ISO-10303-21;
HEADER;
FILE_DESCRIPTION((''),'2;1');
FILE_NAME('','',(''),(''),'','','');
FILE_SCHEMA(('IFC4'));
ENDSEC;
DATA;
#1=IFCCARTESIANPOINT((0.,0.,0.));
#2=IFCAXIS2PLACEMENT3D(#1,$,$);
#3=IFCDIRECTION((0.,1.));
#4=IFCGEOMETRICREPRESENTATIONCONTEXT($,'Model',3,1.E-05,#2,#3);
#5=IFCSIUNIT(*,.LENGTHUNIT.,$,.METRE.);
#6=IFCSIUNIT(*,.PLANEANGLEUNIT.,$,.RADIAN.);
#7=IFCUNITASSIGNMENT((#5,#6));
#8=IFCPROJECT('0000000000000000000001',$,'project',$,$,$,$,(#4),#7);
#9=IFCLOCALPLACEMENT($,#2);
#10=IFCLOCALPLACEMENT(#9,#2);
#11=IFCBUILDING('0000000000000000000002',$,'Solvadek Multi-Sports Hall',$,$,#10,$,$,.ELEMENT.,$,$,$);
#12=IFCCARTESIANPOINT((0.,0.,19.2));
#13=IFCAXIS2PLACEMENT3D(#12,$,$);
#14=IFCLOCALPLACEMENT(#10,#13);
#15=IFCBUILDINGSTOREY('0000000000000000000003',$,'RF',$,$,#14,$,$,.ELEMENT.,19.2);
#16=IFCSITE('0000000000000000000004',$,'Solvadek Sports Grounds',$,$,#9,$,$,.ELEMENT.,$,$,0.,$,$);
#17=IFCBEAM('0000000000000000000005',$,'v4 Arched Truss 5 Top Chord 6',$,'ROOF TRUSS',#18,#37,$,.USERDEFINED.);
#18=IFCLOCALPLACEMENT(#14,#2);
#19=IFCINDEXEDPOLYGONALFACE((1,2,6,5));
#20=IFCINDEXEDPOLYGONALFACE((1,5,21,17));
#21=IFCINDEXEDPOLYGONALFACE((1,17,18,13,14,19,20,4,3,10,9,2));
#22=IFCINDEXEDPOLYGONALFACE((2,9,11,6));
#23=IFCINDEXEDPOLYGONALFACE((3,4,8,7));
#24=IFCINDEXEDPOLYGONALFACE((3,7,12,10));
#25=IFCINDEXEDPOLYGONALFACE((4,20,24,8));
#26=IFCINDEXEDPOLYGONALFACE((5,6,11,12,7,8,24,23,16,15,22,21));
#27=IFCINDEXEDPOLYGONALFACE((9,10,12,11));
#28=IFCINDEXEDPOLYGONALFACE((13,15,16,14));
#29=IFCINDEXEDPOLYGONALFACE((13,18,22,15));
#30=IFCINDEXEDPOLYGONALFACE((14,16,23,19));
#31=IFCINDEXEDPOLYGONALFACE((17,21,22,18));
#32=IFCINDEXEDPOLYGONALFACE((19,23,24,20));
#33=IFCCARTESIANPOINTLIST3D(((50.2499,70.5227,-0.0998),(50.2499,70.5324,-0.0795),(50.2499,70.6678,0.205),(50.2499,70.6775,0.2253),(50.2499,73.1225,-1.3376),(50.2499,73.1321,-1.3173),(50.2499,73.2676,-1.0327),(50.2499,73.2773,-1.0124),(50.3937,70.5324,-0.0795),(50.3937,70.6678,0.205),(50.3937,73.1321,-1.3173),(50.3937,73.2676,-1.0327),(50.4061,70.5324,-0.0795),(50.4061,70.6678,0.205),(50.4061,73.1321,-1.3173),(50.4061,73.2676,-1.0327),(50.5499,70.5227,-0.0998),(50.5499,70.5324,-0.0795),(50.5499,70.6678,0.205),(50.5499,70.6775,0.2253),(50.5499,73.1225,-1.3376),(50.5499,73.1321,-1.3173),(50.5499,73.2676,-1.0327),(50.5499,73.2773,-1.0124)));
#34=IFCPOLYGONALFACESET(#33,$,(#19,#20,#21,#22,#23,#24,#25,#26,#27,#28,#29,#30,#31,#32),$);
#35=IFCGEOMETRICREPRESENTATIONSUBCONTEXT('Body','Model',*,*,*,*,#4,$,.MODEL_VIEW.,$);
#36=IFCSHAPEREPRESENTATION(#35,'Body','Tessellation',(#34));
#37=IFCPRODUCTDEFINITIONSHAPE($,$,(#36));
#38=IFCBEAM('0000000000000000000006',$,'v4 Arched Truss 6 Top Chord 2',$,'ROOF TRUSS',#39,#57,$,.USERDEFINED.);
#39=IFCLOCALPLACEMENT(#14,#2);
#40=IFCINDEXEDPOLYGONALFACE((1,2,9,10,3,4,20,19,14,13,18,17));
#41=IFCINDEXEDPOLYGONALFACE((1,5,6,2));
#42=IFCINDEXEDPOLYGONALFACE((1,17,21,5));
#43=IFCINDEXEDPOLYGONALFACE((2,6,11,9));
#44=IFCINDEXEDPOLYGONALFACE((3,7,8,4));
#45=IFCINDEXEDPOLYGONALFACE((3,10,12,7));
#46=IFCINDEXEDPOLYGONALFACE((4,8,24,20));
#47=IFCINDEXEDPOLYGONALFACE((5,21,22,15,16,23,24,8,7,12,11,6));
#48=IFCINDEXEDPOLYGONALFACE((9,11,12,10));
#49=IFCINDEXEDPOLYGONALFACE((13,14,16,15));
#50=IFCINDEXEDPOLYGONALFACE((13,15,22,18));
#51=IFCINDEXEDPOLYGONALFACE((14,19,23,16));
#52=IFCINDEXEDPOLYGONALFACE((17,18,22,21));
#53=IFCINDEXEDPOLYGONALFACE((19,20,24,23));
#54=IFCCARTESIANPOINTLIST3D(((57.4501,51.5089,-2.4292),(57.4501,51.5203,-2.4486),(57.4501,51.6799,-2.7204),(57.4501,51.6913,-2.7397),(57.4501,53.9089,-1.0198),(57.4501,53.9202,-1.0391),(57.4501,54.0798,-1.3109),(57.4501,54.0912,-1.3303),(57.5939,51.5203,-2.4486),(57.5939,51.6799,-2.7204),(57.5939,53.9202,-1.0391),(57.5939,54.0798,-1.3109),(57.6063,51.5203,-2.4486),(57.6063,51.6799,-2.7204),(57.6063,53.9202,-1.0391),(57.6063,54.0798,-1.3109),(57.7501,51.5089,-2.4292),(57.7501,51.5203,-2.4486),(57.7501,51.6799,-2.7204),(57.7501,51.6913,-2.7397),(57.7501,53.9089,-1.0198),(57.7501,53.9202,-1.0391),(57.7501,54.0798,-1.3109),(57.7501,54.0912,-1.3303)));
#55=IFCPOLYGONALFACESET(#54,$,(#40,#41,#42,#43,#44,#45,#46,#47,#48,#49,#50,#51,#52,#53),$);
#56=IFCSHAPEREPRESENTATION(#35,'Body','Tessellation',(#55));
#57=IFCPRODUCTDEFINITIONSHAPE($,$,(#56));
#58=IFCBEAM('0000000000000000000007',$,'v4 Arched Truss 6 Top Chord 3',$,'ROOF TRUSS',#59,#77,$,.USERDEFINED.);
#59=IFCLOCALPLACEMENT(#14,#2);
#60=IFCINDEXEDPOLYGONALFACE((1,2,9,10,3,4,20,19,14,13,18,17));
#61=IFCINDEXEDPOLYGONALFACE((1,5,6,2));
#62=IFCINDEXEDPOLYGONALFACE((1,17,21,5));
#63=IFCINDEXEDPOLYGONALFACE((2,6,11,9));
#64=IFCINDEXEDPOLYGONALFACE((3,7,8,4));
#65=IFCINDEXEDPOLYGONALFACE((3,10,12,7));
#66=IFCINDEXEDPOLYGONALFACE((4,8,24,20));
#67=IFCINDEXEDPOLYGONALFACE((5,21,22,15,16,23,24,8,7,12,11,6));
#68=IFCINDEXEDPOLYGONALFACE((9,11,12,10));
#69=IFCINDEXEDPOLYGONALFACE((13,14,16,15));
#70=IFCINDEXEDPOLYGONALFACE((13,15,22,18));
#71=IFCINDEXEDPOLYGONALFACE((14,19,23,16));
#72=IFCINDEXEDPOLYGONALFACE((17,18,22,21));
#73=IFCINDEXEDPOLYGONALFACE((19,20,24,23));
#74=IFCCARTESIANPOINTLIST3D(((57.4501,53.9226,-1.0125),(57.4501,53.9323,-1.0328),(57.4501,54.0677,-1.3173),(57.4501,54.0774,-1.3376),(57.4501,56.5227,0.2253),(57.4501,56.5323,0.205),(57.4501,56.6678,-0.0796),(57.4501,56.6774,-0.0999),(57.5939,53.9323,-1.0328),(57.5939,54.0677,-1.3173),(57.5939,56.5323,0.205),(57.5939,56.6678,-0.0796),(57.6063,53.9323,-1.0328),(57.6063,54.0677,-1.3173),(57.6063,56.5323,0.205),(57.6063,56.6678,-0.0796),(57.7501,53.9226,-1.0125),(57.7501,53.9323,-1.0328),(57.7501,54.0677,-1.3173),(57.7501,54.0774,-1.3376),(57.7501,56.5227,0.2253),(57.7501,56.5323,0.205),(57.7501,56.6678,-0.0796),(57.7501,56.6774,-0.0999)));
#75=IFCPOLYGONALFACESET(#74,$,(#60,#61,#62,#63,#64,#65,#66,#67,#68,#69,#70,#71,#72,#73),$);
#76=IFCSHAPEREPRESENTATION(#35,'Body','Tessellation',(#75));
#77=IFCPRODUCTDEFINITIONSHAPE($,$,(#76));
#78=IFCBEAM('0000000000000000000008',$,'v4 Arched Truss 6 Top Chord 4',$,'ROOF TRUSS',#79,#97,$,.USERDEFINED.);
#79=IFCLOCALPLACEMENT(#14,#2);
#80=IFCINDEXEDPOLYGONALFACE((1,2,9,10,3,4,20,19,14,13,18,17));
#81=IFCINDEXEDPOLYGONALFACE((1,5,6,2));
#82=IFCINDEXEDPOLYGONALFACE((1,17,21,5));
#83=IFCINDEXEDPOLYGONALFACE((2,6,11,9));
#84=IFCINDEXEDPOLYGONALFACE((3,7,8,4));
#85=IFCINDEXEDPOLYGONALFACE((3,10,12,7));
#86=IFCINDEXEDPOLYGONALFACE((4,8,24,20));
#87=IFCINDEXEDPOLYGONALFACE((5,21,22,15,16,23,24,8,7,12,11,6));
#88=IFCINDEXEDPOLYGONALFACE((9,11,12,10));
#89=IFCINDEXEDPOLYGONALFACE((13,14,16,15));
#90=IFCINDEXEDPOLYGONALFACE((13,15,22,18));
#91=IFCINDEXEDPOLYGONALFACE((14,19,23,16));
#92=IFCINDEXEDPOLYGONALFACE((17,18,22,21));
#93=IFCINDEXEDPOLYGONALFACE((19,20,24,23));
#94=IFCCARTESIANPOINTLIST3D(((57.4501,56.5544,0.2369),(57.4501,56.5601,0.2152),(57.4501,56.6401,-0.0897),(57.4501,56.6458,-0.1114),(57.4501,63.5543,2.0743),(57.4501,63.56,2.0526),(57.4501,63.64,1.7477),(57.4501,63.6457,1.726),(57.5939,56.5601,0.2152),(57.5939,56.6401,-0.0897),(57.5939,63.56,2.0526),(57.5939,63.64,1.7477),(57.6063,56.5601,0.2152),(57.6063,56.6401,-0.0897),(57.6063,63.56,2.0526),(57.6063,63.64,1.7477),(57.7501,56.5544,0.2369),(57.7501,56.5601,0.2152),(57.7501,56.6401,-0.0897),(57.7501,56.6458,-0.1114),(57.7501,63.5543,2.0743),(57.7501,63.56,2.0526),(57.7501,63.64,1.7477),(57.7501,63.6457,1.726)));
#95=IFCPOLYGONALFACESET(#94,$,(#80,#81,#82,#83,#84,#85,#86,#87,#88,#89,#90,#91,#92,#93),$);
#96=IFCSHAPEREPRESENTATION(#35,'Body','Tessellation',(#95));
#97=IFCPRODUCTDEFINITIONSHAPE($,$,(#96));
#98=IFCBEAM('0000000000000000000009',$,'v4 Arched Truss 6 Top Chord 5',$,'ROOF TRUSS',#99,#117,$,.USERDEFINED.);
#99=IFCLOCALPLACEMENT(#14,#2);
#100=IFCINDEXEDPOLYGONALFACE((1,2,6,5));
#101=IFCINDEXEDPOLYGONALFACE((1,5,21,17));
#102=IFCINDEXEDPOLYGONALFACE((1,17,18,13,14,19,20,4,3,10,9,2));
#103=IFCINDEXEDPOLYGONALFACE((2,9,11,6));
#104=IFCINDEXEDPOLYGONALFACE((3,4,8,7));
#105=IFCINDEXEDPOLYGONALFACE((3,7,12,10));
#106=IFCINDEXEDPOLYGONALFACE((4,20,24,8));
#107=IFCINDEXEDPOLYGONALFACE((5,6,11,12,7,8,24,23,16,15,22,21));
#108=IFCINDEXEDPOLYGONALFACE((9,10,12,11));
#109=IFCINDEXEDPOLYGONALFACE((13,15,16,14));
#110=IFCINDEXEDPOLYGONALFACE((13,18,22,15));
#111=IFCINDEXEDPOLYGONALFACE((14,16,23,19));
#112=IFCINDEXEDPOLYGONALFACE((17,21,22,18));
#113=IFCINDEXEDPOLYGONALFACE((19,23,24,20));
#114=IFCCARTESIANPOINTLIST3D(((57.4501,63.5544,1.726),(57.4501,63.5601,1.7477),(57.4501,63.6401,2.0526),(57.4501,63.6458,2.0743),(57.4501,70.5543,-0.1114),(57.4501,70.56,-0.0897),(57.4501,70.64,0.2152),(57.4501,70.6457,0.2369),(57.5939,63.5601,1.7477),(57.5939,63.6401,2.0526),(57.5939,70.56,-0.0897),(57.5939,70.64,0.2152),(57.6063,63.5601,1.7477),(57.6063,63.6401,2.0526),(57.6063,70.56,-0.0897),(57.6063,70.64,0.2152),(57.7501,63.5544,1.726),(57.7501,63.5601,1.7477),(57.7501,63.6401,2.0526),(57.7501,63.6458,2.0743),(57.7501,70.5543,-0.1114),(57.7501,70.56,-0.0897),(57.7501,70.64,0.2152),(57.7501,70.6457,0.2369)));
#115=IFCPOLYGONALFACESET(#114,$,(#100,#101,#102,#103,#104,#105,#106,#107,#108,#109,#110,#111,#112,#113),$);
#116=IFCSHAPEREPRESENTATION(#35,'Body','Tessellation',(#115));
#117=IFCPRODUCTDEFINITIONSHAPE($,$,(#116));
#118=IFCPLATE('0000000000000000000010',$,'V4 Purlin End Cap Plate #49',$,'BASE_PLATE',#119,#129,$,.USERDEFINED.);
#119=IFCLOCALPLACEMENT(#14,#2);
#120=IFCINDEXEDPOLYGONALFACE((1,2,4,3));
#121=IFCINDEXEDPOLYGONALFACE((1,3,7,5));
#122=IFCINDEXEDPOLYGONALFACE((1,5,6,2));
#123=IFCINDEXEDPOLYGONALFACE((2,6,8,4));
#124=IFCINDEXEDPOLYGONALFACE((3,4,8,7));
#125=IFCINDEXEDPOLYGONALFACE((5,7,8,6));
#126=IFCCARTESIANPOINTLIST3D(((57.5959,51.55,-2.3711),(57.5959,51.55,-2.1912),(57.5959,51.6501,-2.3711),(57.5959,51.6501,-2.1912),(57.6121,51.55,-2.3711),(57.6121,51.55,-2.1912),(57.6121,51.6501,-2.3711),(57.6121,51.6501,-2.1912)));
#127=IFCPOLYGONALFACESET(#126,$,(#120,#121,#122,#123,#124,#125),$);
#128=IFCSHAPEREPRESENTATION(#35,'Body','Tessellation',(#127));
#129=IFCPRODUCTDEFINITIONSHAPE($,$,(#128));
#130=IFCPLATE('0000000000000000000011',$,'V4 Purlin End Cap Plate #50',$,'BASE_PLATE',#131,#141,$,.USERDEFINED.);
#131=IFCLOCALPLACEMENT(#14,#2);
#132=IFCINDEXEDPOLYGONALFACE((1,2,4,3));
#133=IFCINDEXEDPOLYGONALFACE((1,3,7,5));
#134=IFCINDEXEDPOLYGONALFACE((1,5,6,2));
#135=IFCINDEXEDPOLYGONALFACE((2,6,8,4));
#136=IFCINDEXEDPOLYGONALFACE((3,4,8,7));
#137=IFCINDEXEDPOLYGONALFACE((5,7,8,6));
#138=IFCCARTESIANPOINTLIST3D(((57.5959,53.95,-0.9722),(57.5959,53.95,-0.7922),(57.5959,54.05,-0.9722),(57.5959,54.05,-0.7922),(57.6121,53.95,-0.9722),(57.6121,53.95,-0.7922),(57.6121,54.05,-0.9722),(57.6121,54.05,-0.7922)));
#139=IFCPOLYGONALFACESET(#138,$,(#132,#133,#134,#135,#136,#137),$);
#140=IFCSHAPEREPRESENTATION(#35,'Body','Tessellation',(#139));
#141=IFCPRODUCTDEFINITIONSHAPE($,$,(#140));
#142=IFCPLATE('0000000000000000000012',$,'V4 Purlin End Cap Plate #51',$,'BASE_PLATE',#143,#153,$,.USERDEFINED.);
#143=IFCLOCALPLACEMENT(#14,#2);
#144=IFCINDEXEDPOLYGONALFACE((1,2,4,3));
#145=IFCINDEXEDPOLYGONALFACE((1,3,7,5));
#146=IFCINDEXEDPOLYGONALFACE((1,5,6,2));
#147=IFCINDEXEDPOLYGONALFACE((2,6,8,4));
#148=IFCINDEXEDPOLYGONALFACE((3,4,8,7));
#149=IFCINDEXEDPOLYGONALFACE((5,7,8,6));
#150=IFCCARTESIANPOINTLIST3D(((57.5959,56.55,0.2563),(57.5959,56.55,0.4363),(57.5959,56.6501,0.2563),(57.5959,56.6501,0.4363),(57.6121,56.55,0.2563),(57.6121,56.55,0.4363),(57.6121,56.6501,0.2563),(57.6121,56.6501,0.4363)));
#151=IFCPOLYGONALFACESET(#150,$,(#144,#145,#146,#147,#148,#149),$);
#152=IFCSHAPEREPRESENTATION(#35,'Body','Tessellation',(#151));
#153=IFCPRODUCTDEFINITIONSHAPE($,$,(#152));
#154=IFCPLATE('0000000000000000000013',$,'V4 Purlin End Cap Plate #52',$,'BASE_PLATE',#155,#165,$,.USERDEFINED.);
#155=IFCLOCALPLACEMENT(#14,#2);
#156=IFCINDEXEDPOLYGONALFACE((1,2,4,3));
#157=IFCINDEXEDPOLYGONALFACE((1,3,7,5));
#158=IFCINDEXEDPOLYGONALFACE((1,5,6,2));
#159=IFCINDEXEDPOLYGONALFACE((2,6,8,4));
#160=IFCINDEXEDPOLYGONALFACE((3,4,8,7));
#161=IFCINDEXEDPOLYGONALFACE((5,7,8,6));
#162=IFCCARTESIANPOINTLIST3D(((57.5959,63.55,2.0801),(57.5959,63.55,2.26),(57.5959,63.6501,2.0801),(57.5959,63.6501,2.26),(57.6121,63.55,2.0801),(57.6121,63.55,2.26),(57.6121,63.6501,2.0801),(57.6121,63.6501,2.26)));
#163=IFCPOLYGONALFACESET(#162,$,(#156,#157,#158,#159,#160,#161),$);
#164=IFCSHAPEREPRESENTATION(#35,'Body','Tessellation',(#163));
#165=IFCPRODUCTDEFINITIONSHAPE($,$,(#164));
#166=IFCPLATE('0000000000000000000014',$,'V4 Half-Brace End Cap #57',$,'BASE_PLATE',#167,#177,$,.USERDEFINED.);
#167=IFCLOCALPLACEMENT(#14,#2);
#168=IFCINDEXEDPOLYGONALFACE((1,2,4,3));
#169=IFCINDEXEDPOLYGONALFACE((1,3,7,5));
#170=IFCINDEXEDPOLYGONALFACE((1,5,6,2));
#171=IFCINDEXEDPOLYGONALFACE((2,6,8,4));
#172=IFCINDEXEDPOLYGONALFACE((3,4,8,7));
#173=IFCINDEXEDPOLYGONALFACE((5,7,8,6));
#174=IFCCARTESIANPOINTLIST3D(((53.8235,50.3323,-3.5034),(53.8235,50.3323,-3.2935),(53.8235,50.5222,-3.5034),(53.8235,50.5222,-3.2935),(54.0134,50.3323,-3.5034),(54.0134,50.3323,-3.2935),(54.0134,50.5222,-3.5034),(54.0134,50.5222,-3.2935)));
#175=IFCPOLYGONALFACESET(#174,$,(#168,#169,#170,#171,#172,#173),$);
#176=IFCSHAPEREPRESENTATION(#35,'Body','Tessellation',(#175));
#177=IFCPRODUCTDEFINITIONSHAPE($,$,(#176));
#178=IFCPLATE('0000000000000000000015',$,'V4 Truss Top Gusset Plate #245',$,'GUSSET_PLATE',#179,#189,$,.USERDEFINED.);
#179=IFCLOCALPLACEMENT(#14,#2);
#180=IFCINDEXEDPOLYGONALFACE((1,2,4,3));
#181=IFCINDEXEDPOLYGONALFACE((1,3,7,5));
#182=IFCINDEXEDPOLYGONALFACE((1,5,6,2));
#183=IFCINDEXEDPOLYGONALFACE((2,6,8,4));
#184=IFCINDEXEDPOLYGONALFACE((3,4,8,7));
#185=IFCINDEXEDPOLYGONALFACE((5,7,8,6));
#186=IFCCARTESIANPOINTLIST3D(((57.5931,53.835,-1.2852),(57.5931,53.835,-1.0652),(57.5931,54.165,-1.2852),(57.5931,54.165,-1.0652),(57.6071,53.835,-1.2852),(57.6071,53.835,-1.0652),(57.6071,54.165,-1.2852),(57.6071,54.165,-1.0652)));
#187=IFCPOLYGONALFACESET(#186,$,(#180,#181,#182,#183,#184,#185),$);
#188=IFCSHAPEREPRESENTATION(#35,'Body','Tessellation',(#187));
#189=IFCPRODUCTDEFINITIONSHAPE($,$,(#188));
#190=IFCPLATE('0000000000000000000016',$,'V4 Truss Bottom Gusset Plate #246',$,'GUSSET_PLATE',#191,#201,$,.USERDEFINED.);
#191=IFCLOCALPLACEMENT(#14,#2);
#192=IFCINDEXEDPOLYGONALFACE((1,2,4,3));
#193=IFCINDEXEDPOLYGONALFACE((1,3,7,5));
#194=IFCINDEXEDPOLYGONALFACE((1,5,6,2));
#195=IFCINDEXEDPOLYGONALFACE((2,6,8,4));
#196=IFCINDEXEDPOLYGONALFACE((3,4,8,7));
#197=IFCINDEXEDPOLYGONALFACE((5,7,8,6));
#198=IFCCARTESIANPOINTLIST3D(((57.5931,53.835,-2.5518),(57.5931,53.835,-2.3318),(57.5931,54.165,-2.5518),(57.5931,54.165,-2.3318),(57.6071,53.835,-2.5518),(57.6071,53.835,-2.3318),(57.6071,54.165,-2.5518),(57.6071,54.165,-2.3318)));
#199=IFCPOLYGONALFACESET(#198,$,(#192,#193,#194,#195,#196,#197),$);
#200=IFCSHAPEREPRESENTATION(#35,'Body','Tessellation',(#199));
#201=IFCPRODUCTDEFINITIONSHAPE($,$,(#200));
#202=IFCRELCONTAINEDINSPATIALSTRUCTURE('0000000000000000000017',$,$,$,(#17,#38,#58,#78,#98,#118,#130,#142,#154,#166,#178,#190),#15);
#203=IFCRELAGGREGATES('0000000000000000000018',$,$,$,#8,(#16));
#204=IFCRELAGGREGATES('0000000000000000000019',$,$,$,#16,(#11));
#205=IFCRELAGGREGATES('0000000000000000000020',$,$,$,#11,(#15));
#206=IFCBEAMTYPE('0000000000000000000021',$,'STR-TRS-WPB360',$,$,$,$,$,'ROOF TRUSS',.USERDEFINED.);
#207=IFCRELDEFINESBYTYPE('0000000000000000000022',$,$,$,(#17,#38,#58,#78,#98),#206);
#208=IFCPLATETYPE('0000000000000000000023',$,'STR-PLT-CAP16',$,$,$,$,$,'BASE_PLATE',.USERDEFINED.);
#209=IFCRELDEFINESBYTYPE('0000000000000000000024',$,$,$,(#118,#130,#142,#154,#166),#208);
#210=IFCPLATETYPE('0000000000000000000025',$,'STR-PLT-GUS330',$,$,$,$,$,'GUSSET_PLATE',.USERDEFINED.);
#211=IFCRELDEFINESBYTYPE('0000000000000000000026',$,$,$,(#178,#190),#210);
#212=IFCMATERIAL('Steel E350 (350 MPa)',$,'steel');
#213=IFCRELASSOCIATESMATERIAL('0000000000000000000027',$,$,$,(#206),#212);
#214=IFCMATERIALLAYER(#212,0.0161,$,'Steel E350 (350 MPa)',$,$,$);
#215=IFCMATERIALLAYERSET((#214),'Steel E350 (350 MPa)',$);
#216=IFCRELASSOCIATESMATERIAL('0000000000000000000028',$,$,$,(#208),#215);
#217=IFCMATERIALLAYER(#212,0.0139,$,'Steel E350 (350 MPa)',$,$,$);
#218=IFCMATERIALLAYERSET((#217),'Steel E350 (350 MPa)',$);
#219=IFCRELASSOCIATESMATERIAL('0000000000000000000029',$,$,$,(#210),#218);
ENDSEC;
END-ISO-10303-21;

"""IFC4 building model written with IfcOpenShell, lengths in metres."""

from ifc_helpers import new_model, si_unit, direction, frame, origin, origin_2d, place, context, subcontext, project, spatial, rectangle, i_section, extrude, material, layer, layer_set, material_profile, profile_set, type_object, element, save


model = new_model("IFC4")

# Units and contexts
model_context = context("Model", 3, precision=1e-05, world=origin(), true_north=direction((0.0, 1.0)))
body_context = subcontext(model_context, "Body", "Model", "MODEL_VIEW")
ifc_project = project(units=[si_unit("LENGTHUNIT", "METRE"), si_unit("PLANEANGLEUNIT", "RADIAN")], contexts=[model_context])

# Site, building, storey
site_placement = place(None, origin())
site = spatial("IfcSite", under=ifc_project, at=site_placement, Name="Solvadek Sports Grounds", CompositionType="ELEMENT", RefElevation=0.0)
building_placement = place(site_placement, origin())
building = spatial("IfcBuilding", under=site, at=building_placement, Name="Solvadek Multi-Sports Hall", CompositionType="ELEMENT")
storey_placement = place(building_placement, frame((0.0, 0.0, 19.2)))
storey = spatial("IfcBuildingStorey", under=building, at=storey_placement, Name="RF", CompositionType="ELEMENT", Elevation=19.2)

# Shared definitions
ifc_material_1 = material(Name="Steel E350 (350 MPa)", Category="steel")

# Beams
ifc_material_profile_1 = material_profile(ifc_material_1, i_section(OverallWidth=0.3, OverallDepth=0.3601, WebThickness=0.0125, FlangeThickness=0.0225, at=origin_2d()), Name="WPB 360")
ifc_profile_set_1 = profile_set([ifc_material_profile_1], Name="Steel E350 (350 MPa)")
beam_type_1 = type_object("IfcBeamType", Name="STR-TRS-WPB360", ElementType="ROOF TRUSS", PredefinedType="USERDEFINED", material=ifc_profile_set_1)
beam_1_placement = place(storey_placement, frame((50.3999, 70.6001, 0.0627), z_axis=(0.0, 0.902892, -0.429868), x_axis=(-1.0, 0.0, 0.0)))
element("IfcBeam", 1, at=beam_1_placement, inside=storey, type_object=beam_type_1, Name="v4 Arched Truss 5 Top Chord 6", ObjectType="ROOF TRUSS", PredefinedType="USERDEFINED", context=body_context, shape_type="SweptSolid", body=[
    extrude(i_section(OverallWidth=0.3, OverallDepth=0.3601, WebThickness=0.0125, FlangeThickness=0.0225, at=origin_2d()), origin(), (0.0, 0.0, 1.0), 2.8794),
])
beam_2_placement = place(storey_placement, frame((57.6001, 51.6001, -2.5845), z_axis=(0.0, 0.862293, 0.50641), x_axis=(-1.0, 0.0, 0.0)))
element("IfcBeam", 2, at=beam_2_placement, inside=storey, type_object=beam_type_1, Name="v4 Arched Truss 6 Top Chord 2", ObjectType="ROOF TRUSS", PredefinedType="USERDEFINED", context=body_context, shape_type="SweptSolid", body=[
    extrude(i_section(OverallWidth=0.3, OverallDepth=0.3601, WebThickness=0.0125, FlangeThickness=0.0225, at=origin_2d()), origin(), (0.0, 0.0, 1.0), 2.7832),
])
beam_3_placement = place(storey_placement, frame((57.6001, 54.0, -1.175), z_axis=(0.0, 0.902908, 0.429835), x_axis=(-1.0, 0.0, 0.0)))
element("IfcBeam", 3, at=beam_3_placement, inside=storey, type_object=beam_type_1, Name="v4 Arched Truss 6 Top Chord 3", ObjectType="ROOF TRUSS", PredefinedType="USERDEFINED", context=body_context, shape_type="SweptSolid", body=[
    extrude(i_section(OverallWidth=0.3, OverallDepth=0.3601, WebThickness=0.0125, FlangeThickness=0.0225, at=origin_2d()), origin(), (0.0, 0.0, 1.0), 2.8796),
])
for number, where, z_axis, x_axis, name in (
    (4, (57.6001, 56.6001, 0.0627), (0.0, 0.967234, 0.253886), (-1.0, 0.0, 0.0), "v4 Arched Truss 6 Top Chord 4"),
    (5, (57.6001, 63.6001, 1.9001), (0.0, 0.967234, -0.253886), (-1.0, 0.0, 0.0), "v4 Arched Truss 6 Top Chord 5"),
):
    element("IfcBeam", number, at=place(storey_placement, frame(where, z_axis=z_axis, x_axis=x_axis)), inside=storey, type_object=beam_type_1, Name=name, ObjectType="ROOF TRUSS", PredefinedType="USERDEFINED", context=body_context, shape_type="SweptSolid", body=[
        extrude(i_section(OverallWidth=0.3, OverallDepth=0.3601, WebThickness=0.0125, FlangeThickness=0.0225, at=origin_2d()), origin(), (0.0, 0.0, 1.0), 7.2371),
    ])

# Plates
ifc_layer_1 = layer(ifc_material_1, 0.0161, Name="Steel E350 (350 MPa)")
ifc_layer_set_1 = layer_set([ifc_layer_1], Name="Steel E350 (350 MPa)")
plate_type_1 = type_object("IfcPlateType", Name="STR-PLT-CAP16", ElementType="BASE_PLATE", PredefinedType="USERDEFINED", material=ifc_layer_set_1)
for number, where, z_axis, x_axis, name in (
    (6, (57.604, 51.6001, -2.3711), (0.0, 0.0, 1.0), (1.0, 0.0, 0.0), "V4 Purlin End Cap Plate #49"),
    (7, (57.604, 54.0, -0.9722), (0.0, 0.0, 1.0), (1.0, 0.0, 0.0), "V4 Purlin End Cap Plate #50"),
    (8, (57.604, 56.6001, 0.2563), (0.0, 0.0, 1.0), (1.0, 0.0, 0.0), "V4 Purlin End Cap Plate #51"),
    (9, (57.604, 63.6001, 2.0801), (0.0, 0.0, 1.0), (1.0, 0.0, 0.0), "V4 Purlin End Cap Plate #52"),
):
    element("IfcPlate", number, at=place(storey_placement, frame(where, z_axis=z_axis, x_axis=x_axis)), inside=storey, type_object=plate_type_1, Name=name, ObjectType="BASE_PLATE", PredefinedType="USERDEFINED", context=body_context, shape_type="SweptSolid", body=[
        extrude(rectangle(XDim=0.0161, YDim=0.1001, at=origin_2d()), origin(), (0.0, 0.0, 1.0), 0.1799),
    ])
plate_placement = place(storey_placement, frame((53.9185, 50.4272, -3.5034), z_axis=(0.0, 0.0, 1.0), x_axis=(1.0, 0.0, 0.0)))
element("IfcPlate", 10, at=plate_placement, inside=storey, type_object=plate_type_1, Name="V4 Half-Brace End Cap #57", ObjectType="BASE_PLATE", PredefinedType="USERDEFINED", context=body_context, shape_type="SweptSolid", body=[
    extrude(rectangle(XDim=0.1899, YDim=0.1899, at=origin_2d()), origin(), (0.0, 0.0, 1.0), 0.21),
])
ifc_layer_2 = layer(ifc_material_1, 0.0139, Name="Steel E350 (350 MPa)")
ifc_layer_set_2 = layer_set([ifc_layer_2], Name="Steel E350 (350 MPa)")
plate_type_2 = type_object("IfcPlateType", Name="STR-PLT-GUS330", ElementType="GUSSET_PLATE", PredefinedType="USERDEFINED", material=ifc_layer_set_2)
for number, where, z_axis, x_axis, name in (
    (11, (57.6001, 54.0, -1.2852), (0.0, 0.0, 1.0), (0.0, 1.0, 0.0), "V4 Truss Top Gusset Plate #245"),
    (12, (57.6001, 54.0, -2.5518), (0.0, 0.0, 1.0), (0.0, 1.0, 0.0), "V4 Truss Bottom Gusset Plate #246"),
):
    element("IfcPlate", number, at=place(storey_placement, frame(where, z_axis=z_axis, x_axis=x_axis)), inside=storey, type_object=plate_type_2, Name=name, ObjectType="GUSSET_PLATE", PredefinedType="USERDEFINED", context=body_context, shape_type="SweptSolid", body=[
        extrude(rectangle(XDim=0.3301, YDim=0.0139, at=origin_2d()), origin(), (0.0, 0.0, 1.0), 0.22),
    ])

save(model, "model.ifc")
